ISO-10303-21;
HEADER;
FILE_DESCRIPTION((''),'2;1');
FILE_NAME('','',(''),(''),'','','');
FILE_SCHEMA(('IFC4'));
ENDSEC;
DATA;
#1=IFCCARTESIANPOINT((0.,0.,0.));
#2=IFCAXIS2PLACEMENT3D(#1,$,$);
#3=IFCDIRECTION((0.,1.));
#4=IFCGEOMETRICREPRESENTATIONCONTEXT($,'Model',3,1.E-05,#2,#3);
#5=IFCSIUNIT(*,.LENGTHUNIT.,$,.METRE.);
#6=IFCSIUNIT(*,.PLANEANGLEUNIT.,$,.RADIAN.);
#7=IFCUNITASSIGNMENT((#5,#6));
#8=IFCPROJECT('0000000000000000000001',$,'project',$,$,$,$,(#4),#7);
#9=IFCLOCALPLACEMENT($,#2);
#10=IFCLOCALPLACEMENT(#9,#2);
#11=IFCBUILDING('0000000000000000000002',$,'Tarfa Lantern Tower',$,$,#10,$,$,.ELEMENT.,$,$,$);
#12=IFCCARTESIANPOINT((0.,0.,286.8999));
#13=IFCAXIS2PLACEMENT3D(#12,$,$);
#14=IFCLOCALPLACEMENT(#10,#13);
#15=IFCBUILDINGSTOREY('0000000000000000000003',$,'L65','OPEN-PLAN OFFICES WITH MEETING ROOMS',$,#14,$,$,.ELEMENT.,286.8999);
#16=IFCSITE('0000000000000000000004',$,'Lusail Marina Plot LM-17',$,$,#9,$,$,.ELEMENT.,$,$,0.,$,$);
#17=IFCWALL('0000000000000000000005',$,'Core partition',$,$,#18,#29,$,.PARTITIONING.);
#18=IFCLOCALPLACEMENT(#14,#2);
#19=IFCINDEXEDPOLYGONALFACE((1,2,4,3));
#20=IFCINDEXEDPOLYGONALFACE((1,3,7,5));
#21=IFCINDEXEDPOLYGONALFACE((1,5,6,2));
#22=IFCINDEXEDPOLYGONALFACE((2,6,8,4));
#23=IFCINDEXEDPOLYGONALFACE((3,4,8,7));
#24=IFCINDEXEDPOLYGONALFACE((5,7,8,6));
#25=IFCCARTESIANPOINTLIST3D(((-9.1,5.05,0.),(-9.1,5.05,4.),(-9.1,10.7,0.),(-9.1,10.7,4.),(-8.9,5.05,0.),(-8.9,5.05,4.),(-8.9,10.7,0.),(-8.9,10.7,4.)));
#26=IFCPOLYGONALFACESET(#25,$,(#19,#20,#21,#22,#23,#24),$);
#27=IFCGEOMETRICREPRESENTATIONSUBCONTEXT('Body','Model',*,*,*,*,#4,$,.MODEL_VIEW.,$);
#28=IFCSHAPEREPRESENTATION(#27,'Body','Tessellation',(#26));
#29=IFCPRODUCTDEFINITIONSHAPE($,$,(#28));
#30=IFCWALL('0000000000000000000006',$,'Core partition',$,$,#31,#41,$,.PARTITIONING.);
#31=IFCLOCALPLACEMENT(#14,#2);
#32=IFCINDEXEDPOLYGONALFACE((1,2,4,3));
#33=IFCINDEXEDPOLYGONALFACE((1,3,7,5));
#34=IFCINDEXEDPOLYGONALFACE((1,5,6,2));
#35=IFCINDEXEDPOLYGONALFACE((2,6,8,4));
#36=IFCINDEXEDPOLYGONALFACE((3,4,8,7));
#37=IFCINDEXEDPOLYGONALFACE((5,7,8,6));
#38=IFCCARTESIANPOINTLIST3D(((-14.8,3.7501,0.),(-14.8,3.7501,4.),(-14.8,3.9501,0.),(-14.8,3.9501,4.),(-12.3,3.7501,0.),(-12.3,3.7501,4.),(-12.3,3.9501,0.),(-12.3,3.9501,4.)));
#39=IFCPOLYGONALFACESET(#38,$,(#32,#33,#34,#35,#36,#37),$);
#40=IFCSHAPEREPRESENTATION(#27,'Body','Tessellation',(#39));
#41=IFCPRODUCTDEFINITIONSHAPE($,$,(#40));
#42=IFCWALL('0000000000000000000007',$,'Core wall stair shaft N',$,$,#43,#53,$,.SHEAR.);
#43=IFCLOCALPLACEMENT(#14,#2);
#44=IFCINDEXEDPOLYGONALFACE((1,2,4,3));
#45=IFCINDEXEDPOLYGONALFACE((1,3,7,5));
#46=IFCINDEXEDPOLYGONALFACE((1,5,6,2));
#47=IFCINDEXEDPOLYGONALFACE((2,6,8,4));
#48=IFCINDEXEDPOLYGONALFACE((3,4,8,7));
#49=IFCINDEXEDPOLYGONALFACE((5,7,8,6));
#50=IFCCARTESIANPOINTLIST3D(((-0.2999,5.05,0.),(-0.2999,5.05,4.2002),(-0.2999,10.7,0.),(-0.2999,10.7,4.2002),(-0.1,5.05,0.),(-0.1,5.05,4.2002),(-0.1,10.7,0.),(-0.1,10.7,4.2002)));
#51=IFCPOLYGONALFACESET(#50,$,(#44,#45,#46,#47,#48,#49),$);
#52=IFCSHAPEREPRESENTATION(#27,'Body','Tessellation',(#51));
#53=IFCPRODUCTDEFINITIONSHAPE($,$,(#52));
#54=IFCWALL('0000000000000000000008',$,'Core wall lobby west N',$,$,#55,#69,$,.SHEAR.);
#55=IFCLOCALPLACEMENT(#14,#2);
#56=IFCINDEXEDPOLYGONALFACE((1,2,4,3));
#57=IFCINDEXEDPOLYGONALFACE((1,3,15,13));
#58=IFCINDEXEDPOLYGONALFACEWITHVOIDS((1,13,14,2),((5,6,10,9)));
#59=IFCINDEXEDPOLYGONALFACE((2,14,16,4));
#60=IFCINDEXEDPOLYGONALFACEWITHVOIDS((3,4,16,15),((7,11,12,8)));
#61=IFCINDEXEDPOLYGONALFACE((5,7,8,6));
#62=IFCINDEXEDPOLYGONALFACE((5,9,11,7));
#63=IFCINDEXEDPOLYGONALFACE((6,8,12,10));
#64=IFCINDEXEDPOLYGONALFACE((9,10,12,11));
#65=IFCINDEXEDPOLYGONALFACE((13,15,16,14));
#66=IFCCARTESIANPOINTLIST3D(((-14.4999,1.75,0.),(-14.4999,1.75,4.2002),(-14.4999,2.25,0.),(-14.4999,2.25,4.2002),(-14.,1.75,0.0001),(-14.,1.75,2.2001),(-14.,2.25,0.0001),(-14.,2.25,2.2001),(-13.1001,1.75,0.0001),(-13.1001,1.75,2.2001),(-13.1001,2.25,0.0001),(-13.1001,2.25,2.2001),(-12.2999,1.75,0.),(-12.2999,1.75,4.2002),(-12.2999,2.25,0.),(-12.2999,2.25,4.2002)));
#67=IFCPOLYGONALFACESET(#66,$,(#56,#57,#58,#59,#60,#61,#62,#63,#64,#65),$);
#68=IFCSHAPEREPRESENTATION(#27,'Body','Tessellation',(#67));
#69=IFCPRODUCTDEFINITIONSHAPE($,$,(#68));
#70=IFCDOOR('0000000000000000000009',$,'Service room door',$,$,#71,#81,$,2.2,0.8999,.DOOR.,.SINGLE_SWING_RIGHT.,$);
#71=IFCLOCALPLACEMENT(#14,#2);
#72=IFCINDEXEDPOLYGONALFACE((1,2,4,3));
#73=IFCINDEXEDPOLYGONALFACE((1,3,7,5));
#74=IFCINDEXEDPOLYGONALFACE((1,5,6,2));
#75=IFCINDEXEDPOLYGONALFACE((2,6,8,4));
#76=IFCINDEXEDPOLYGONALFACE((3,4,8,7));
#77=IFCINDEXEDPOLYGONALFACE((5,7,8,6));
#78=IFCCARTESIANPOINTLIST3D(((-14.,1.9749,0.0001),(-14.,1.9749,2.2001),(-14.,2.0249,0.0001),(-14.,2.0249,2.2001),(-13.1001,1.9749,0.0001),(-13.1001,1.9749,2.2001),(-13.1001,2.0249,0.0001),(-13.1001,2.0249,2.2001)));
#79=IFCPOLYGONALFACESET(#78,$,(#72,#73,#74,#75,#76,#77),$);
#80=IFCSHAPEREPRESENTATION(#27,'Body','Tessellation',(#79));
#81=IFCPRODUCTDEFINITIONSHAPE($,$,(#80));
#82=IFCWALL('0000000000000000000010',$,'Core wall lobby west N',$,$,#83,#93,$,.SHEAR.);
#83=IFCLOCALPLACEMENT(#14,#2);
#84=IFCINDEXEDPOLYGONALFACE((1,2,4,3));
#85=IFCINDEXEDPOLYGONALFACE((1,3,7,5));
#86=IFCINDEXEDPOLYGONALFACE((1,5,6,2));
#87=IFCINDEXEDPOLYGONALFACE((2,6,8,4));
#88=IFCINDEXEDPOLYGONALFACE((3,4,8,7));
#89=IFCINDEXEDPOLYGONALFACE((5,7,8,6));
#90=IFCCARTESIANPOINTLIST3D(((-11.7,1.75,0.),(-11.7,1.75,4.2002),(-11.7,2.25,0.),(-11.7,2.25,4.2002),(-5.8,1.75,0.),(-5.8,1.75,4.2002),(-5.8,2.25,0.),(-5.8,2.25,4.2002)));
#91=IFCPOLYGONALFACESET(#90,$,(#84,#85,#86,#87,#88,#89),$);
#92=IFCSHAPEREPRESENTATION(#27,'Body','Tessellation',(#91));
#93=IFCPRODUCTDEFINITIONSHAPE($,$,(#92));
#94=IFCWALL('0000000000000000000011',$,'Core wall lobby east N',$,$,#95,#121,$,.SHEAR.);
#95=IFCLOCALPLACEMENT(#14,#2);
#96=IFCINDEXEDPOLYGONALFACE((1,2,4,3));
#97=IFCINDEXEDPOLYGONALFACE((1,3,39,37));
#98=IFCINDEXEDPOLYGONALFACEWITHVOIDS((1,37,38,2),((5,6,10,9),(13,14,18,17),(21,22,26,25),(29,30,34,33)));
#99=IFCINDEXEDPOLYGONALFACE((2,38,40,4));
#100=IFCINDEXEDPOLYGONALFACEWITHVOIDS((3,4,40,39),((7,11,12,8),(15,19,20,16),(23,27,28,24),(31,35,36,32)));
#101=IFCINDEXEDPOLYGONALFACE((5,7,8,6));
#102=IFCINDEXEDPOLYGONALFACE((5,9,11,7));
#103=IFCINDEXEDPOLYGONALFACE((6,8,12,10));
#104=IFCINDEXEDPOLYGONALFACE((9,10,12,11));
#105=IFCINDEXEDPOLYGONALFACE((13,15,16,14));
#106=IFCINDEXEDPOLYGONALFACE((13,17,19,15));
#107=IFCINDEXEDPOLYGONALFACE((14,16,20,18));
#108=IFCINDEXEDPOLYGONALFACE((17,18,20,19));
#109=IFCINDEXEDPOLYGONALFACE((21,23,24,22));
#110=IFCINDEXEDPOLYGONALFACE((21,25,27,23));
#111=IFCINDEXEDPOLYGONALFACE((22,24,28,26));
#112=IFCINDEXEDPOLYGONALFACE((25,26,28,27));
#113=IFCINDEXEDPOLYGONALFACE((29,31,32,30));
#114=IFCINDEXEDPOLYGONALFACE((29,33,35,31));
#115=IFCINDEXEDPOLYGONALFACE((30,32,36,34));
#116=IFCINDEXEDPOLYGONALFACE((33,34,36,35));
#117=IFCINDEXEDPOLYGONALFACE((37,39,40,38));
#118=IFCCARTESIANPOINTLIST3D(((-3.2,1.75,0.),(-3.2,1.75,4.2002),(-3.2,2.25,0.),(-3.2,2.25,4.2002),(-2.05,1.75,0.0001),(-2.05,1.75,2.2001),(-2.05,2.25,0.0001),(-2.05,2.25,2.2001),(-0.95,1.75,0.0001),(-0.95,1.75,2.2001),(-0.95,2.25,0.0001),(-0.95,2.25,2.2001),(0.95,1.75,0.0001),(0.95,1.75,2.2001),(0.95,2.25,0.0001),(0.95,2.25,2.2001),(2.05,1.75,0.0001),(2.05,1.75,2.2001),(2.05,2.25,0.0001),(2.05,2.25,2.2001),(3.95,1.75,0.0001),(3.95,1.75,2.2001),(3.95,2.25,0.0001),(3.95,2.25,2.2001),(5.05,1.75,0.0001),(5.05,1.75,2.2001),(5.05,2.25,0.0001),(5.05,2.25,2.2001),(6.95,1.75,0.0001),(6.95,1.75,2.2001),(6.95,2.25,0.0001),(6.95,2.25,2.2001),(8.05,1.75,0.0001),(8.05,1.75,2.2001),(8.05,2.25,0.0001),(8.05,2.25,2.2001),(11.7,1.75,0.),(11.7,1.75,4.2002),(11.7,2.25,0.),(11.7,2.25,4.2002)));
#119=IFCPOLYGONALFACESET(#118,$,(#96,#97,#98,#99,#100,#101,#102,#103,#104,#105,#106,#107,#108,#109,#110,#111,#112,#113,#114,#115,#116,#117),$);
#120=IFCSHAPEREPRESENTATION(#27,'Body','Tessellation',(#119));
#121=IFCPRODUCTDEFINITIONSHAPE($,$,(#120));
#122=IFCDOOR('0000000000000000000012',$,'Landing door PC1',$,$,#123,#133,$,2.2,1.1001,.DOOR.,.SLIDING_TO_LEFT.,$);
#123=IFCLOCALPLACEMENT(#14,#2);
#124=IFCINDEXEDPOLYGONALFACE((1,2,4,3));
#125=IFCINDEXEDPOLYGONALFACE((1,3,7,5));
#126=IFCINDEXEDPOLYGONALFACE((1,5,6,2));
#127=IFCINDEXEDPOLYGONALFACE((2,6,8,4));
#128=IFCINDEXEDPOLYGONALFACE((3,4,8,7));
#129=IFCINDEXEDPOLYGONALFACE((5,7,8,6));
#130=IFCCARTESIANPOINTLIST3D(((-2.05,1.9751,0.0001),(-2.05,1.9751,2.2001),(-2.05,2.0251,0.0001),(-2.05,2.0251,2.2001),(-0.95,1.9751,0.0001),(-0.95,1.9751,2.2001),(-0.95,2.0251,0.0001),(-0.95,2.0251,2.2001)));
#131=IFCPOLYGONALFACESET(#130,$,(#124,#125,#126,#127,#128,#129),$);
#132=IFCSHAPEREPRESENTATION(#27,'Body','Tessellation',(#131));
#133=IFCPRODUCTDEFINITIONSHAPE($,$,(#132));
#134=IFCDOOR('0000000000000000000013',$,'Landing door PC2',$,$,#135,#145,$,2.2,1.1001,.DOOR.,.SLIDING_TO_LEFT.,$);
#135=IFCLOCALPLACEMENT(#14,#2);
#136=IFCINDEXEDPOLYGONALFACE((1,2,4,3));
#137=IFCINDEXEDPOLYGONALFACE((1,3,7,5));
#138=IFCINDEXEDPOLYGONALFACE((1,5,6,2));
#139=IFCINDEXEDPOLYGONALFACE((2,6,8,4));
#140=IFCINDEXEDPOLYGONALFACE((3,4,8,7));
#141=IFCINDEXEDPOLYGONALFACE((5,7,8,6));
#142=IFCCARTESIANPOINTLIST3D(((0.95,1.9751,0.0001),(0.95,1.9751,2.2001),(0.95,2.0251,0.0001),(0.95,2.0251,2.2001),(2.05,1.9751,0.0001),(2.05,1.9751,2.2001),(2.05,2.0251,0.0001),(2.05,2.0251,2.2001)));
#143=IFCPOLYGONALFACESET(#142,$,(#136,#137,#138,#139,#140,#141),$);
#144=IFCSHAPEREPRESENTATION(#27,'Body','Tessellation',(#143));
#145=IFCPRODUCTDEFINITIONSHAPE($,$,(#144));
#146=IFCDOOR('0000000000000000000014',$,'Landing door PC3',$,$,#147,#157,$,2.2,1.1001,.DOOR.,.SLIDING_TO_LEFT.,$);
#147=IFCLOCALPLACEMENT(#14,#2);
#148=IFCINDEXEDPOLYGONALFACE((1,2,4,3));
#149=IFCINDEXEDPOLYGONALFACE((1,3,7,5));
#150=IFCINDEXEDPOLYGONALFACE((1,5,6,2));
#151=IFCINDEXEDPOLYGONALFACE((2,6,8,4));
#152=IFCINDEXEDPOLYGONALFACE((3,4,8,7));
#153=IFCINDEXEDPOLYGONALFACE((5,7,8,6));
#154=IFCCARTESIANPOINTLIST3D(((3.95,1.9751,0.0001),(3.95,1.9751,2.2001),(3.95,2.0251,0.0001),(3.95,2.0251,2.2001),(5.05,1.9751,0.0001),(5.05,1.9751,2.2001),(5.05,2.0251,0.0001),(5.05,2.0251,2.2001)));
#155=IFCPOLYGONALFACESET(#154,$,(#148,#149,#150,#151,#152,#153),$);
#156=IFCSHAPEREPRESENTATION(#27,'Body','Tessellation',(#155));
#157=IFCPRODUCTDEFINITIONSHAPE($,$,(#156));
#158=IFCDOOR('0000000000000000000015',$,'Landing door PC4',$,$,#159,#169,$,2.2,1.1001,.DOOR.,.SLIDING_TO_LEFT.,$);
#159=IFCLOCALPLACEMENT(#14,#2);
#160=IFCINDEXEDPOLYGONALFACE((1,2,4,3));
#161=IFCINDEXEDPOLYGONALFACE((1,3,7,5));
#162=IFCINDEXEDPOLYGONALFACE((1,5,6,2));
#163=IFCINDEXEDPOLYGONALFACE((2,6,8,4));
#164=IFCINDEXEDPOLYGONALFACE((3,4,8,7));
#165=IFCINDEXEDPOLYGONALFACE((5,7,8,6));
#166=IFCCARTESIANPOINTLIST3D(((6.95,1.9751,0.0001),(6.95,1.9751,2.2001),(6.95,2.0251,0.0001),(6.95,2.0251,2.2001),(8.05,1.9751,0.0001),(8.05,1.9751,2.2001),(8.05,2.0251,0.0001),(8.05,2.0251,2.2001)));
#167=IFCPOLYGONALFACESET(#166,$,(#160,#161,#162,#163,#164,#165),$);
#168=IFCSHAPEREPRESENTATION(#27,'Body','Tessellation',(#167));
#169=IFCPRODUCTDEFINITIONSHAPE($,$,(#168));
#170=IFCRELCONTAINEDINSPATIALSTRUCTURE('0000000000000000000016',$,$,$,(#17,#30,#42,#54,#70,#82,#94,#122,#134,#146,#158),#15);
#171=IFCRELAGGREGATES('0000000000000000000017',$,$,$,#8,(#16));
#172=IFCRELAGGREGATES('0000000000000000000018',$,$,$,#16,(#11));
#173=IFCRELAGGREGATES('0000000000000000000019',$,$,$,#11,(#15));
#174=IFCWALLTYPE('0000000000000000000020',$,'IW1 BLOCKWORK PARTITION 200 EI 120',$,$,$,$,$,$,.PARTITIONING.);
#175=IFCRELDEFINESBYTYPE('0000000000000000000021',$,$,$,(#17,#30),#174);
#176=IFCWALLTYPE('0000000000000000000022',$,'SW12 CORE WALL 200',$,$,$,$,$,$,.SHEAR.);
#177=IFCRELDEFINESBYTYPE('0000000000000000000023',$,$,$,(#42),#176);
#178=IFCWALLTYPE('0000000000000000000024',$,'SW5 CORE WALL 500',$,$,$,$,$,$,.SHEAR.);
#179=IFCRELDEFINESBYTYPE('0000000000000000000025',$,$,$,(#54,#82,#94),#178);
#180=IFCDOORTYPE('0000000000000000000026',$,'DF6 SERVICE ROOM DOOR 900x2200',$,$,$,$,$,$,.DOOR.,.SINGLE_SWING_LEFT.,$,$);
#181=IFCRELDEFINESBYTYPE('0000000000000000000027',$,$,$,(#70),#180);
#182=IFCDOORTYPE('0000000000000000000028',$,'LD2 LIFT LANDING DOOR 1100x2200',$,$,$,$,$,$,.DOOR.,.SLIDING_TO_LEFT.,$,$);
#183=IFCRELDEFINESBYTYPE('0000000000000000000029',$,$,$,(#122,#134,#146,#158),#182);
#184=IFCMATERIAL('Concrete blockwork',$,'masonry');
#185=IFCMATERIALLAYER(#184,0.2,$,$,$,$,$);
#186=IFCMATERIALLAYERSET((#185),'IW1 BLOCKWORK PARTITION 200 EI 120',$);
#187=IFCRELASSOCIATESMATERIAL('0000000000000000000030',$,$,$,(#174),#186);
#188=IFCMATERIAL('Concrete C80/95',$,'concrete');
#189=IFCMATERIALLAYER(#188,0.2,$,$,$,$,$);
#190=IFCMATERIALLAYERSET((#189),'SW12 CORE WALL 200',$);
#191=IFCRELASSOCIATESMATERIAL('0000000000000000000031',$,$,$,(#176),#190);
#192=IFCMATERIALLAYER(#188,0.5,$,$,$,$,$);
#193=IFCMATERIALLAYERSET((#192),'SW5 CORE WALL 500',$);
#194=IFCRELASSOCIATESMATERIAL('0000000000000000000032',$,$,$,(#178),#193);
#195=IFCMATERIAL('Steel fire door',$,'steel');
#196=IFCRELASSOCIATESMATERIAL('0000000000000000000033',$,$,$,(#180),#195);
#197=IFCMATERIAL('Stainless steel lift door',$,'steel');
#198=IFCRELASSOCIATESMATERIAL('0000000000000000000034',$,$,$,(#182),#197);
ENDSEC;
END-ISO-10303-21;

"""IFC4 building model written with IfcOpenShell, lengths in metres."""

from ifc_helpers import new_model, si_unit, direction, frame, frame_2d, origin, place, context, subcontext, project, spatial, rectangle, extrude, material, layer, layer_set, type_object, element, fill, save


model = new_model("IFC4")

# Units and contexts
model_context = context("Model", 3, precision=1e-05, world=origin(), true_north=direction((0.0, 1.0)))
body_context = subcontext(model_context, "Body", "Model", "MODEL_VIEW")
ifc_project = project(units=[si_unit("LENGTHUNIT", "METRE"), si_unit("PLANEANGLEUNIT", "RADIAN")], contexts=[model_context])

# Site, building, storey
site_placement = place(None, origin())
site = spatial("IfcSite", under=ifc_project, at=site_placement, Name="Lusail Marina Plot LM-17", CompositionType="ELEMENT", RefElevation=0.0)
building_placement = place(site_placement, origin())
building = spatial("IfcBuilding", under=site, at=building_placement, Name="Tarfa Lantern Tower", CompositionType="ELEMENT")
storey_placement = place(building_placement, frame((0.0, 0.0, 286.8999)))
storey = spatial("IfcBuildingStorey", under=building, at=storey_placement, Name="L65", Description="OPEN-PLAN OFFICES WITH MEETING ROOMS", CompositionType="ELEMENT", Elevation=286.8999)

# Walls
ifc_material_1 = material(Name="Concrete blockwork", Category="masonry")
ifc_layer_1 = layer(ifc_material_1, 0.2)
ifc_layer_set_1 = layer_set([ifc_layer_1], Name="IW1 BLOCKWORK PARTITION 200 EI 120")
wall_type_1 = type_object("IfcWallType", Name="IW1 BLOCKWORK PARTITION 200 EI 120", PredefinedType="PARTITIONING", material=ifc_layer_set_1)
wall_1_placement = place(storey_placement, frame((-9.0, 5.05, 0.0), z_axis=(0.0, 0.0, 1.0), x_axis=(0.0, 1.0, 0.0)))
element("IfcWall", 1, at=wall_1_placement, inside=storey, type_object=wall_type_1, Name="Core partition", PredefinedType="PARTITIONING", context=body_context, shape_type="SweptSolid", body=[
    extrude(rectangle(XDim=5.6499, YDim=0.2, at=frame_2d((2.825, 0.0))), origin(), (0.0, 0.0, 1.0), 4.0),
])
wall_2_placement = place(storey_placement, frame((-14.8, 3.8501, 0.0), z_axis=(0.0, 0.0, 1.0), x_axis=(1.0, 0.0, 0.0)))
element("IfcWall", 2, at=wall_2_placement, inside=storey, type_object=wall_type_1, Name="Core partition", PredefinedType="PARTITIONING", context=body_context, shape_type="SweptSolid", body=[
    extrude(rectangle(XDim=2.5, YDim=0.2, at=frame_2d((1.25, 0.0))), origin(), (0.0, 0.0, 1.0), 4.0),
])
ifc_material_2 = material(Name="Concrete C80/95", Category="concrete")
ifc_layer_2 = layer(ifc_material_2, 0.2)
ifc_layer_set_2 = layer_set([ifc_layer_2], Name="SW12 CORE WALL 200")
wall_type_2 = type_object("IfcWallType", Name="SW12 CORE WALL 200", PredefinedType="SHEAR", material=ifc_layer_set_2)
wall_3_placement = place(storey_placement, frame((-0.2, 5.05, 0.0), z_axis=(0.0, 0.0, 1.0), x_axis=(0.0, 1.0, 0.0)))
element("IfcWall", 3, at=wall_3_placement, inside=storey, type_object=wall_type_2, Name="Core wall stair shaft N", PredefinedType="SHEAR", context=body_context, shape_type="SweptSolid", body=[
    extrude(rectangle(XDim=5.6499, YDim=0.2, at=frame_2d((2.825, 0.0))), origin(), (0.0, 0.0, 1.0), 4.2002),
])

# Wall, opening, door
ifc_layer_3 = layer(ifc_material_2, 0.5)
ifc_layer_set_3 = layer_set([ifc_layer_3], Name="SW5 CORE WALL 500")
wall_type_3 = type_object("IfcWallType", Name="SW5 CORE WALL 500", PredefinedType="SHEAR", material=ifc_layer_set_3)
wall_4_placement = place(storey_placement, frame((-14.5, 2.0, 0.0), z_axis=(0.0, 0.0, 1.0), x_axis=(1.0, 0.0, 0.0)))
wall_4 = element("IfcWall", 4, at=wall_4_placement, inside=storey, type_object=wall_type_3, Name="Core wall lobby west N", PredefinedType="SHEAR", context=body_context, shape_type="SweptSolid", body=[
    extrude(rectangle(XDim=2.2, YDim=0.5, at=frame_2d((1.1001, 0.0))), origin(), (0.0, 0.0, 1.0), 4.2002),
])
opening_1_placement = place(wall_4_placement, frame((0.5, 0.0, 0.0)))
opening_1 = element("IfcOpeningElement", 5, at=opening_1_placement, cuts=wall_4, PredefinedType="OPENING", context=body_context, shape_type="SweptSolid", body=[
    extrude(rectangle(XDim=0.8999, YDim=2.2, at=frame_2d((0.45, 1.1001))), frame((0.0, 0.26, 0.0), z_axis=(0.0, -1.0, 0.0), x_axis=(1.0, 0.0, 0.0)), (0.0, 0.0, 1.0), 0.52),
])
ifc_material_3 = material(Name="Steel fire door", Category="steel")
door_type_1 = type_object("IfcDoorType", Name="DF6 SERVICE ROOM DOOR 900x2200", OperationType="SINGLE_SWING_LEFT", PredefinedType="DOOR", material=ifc_material_3)
door_1_placement = place(opening_1_placement, origin())
door_1 = element("IfcDoor", 6, at=door_1_placement, inside=storey, type_object=door_type_1, Name="Service room door", OperationType="SINGLE_SWING_RIGHT", OverallHeight=2.2, OverallWidth=0.8999, PredefinedType="DOOR", context=body_context, shape_type="SweptSolid", body=[
    extrude(rectangle(XDim=0.8999, YDim=2.2, at=frame_2d((0.45, 1.1001))), frame((0.0, 0.0249, 0.0), z_axis=(0.0, -1.0, 0.0), x_axis=(1.0, 0.0, 0.0)), (0.0, 0.0, 1.0), 0.05),
])
fill(opening_1, door_1)

# Wall
wall_5_placement = place(storey_placement, frame((-11.7, 2.0, 0.0), z_axis=(0.0, 0.0, 1.0), x_axis=(1.0, 0.0, 0.0)))
element("IfcWall", 7, at=wall_5_placement, inside=storey, type_object=wall_type_3, Name="Core wall lobby west N", PredefinedType="SHEAR", context=body_context, shape_type="SweptSolid", body=[
    extrude(rectangle(XDim=5.8999, YDim=0.5, at=frame_2d((2.95, 0.0))), origin(), (0.0, 0.0, 1.0), 4.2002),
])

# Wall, openings, doors
wall_6_placement = place(storey_placement, frame((-3.2, 2.0, 0.0), z_axis=(0.0, 0.0, 1.0), x_axis=(1.0, 0.0, 0.0)))
wall_6 = element("IfcWall", 8, at=wall_6_placement, inside=storey, type_object=wall_type_3, Name="Core wall lobby east N", PredefinedType="SHEAR", context=body_context, shape_type="SweptSolid", body=[
    extrude(rectangle(XDim=14.8999, YDim=0.5, at=frame_2d((7.45, 0.0))), origin(), (0.0, 0.0, 1.0), 4.2002),
])
opening_2_placement = place(wall_6_placement, frame((1.1499, 0.0, 0.0)))
opening_2 = element("IfcOpeningElement", 9, at=opening_2_placement, cuts=wall_6, PredefinedType="OPENING", context=body_context, shape_type="SweptSolid", body=[
    extrude(rectangle(XDim=1.1001, YDim=2.2, at=frame_2d((0.55, 1.1001))), frame((0.0, 0.26, 0.0), z_axis=(0.0, -1.0, 0.0), x_axis=(1.0, 0.0, 0.0)), (0.0, 0.0, 1.0), 0.52),
])
opening_3_placement = place(wall_6_placement, frame((4.1499, 0.0, 0.0)))
opening_3 = element("IfcOpeningElement", 10, at=opening_3_placement, cuts=wall_6, PredefinedType="OPENING", context=body_context, shape_type="SweptSolid", body=[
    extrude(rectangle(XDim=1.1001, YDim=2.2, at=frame_2d((0.55, 1.1001))), frame((0.0, 0.26, 0.0), z_axis=(0.0, -1.0, 0.0), x_axis=(1.0, 0.0, 0.0)), (0.0, 0.0, 1.0), 0.52),
])
opening_4_placement = place(wall_6_placement, frame((7.1499, 0.0, 0.0)))
opening_4 = element("IfcOpeningElement", 11, at=opening_4_placement, cuts=wall_6, PredefinedType="OPENING", context=body_context, shape_type="SweptSolid", body=[
    extrude(rectangle(XDim=1.1001, YDim=2.2, at=frame_2d((0.55, 1.1001))), frame((0.0, 0.26, 0.0), z_axis=(0.0, -1.0, 0.0), x_axis=(1.0, 0.0, 0.0)), (0.0, 0.0, 1.0), 0.52),
])
opening_5_placement = place(wall_6_placement, frame((10.1499, 0.0, 0.0)))
opening_5 = element("IfcOpeningElement", 12, at=opening_5_placement, cuts=wall_6, PredefinedType="OPENING", context=body_context, shape_type="SweptSolid", body=[
    extrude(rectangle(XDim=1.1001, YDim=2.2, at=frame_2d((0.55, 1.1001))), frame((0.0, 0.26, 0.0), z_axis=(0.0, -1.0, 0.0), x_axis=(1.0, 0.0, 0.0)), (0.0, 0.0, 1.0), 0.52),
])
ifc_material_4 = material(Name="Stainless steel lift door", Category="steel")
door_type_2 = type_object("IfcDoorType", Name="LD2 LIFT LANDING DOOR 1100x2200", OperationType="SLIDING_TO_LEFT", PredefinedType="DOOR", material=ifc_material_4)
door_2_placement = place(opening_2_placement, frame((1.1001, 0.0, 0.0), z_axis=(0.0, 0.0, 1.0), x_axis=(-1.0, 0.0, 0.0)))
door_2 = element("IfcDoor", 13, at=door_2_placement, inside=storey, type_object=door_type_2, Name="Landing door PC1", OperationType="SLIDING_TO_LEFT", OverallHeight=2.2, OverallWidth=1.1001, PredefinedType="DOOR", context=body_context, shape_type="SweptSolid", body=[
    extrude(rectangle(XDim=1.1001, YDim=2.2, at=frame_2d((0.55, 1.1001))), frame((0.0, 0.0249, 0.0), z_axis=(0.0, -1.0, 0.0), x_axis=(1.0, 0.0, 0.0)), (0.0, 0.0, 1.0), 0.05),
])
fill(opening_2, door_2)
door_3_placement = place(opening_3_placement, frame((1.1001, 0.0, 0.0), z_axis=(0.0, 0.0, 1.0), x_axis=(-1.0, 0.0, 0.0)))
door_3 = element("IfcDoor", 14, at=door_3_placement, inside=storey, type_object=door_type_2, Name="Landing door PC2", OperationType="SLIDING_TO_LEFT", OverallHeight=2.2, OverallWidth=1.1001, PredefinedType="DOOR", context=body_context, shape_type="SweptSolid", body=[
    extrude(rectangle(XDim=1.1001, YDim=2.2, at=frame_2d((0.55, 1.1001))), frame((0.0, 0.0249, 0.0), z_axis=(0.0, -1.0, 0.0), x_axis=(1.0, 0.0, 0.0)), (0.0, 0.0, 1.0), 0.05),
])
fill(opening_3, door_3)
door_4_placement = place(opening_4_placement, frame((1.1001, 0.0, 0.0), z_axis=(0.0, 0.0, 1.0), x_axis=(-1.0, 0.0, 0.0)))
door_4 = element("IfcDoor", 15, at=door_4_placement, inside=storey, type_object=door_type_2, Name="Landing door PC3", OperationType="SLIDING_TO_LEFT", OverallHeight=2.2, OverallWidth=1.1001, PredefinedType="DOOR", context=body_context, shape_type="SweptSolid", body=[
    extrude(rectangle(XDim=1.1001, YDim=2.2, at=frame_2d((0.55, 1.1001))), frame((0.0, 0.0249, 0.0), z_axis=(0.0, -1.0, 0.0), x_axis=(1.0, 0.0, 0.0)), (0.0, 0.0, 1.0), 0.05),
])
fill(opening_4, door_4)
door_5_placement = place(opening_5_placement, frame((1.1001, 0.0, 0.0), z_axis=(0.0, 0.0, 1.0), x_axis=(-1.0, 0.0, 0.0)))
door_5 = element("IfcDoor", 16, at=door_5_placement, inside=storey, type_object=door_type_2, Name="Landing door PC4", OperationType="SLIDING_TO_LEFT", OverallHeight=2.2, OverallWidth=1.1001, PredefinedType="DOOR", context=body_context, shape_type="SweptSolid", body=[
    extrude(rectangle(XDim=1.1001, YDim=2.2, at=frame_2d((0.55, 1.1001))), frame((0.0, 0.0249, 0.0), z_axis=(0.0, -1.0, 0.0), x_axis=(1.0, 0.0, 0.0)), (0.0, 0.0, 1.0), 0.05),
])
fill(opening_5, door_5)

save(model, "model.ifc")
